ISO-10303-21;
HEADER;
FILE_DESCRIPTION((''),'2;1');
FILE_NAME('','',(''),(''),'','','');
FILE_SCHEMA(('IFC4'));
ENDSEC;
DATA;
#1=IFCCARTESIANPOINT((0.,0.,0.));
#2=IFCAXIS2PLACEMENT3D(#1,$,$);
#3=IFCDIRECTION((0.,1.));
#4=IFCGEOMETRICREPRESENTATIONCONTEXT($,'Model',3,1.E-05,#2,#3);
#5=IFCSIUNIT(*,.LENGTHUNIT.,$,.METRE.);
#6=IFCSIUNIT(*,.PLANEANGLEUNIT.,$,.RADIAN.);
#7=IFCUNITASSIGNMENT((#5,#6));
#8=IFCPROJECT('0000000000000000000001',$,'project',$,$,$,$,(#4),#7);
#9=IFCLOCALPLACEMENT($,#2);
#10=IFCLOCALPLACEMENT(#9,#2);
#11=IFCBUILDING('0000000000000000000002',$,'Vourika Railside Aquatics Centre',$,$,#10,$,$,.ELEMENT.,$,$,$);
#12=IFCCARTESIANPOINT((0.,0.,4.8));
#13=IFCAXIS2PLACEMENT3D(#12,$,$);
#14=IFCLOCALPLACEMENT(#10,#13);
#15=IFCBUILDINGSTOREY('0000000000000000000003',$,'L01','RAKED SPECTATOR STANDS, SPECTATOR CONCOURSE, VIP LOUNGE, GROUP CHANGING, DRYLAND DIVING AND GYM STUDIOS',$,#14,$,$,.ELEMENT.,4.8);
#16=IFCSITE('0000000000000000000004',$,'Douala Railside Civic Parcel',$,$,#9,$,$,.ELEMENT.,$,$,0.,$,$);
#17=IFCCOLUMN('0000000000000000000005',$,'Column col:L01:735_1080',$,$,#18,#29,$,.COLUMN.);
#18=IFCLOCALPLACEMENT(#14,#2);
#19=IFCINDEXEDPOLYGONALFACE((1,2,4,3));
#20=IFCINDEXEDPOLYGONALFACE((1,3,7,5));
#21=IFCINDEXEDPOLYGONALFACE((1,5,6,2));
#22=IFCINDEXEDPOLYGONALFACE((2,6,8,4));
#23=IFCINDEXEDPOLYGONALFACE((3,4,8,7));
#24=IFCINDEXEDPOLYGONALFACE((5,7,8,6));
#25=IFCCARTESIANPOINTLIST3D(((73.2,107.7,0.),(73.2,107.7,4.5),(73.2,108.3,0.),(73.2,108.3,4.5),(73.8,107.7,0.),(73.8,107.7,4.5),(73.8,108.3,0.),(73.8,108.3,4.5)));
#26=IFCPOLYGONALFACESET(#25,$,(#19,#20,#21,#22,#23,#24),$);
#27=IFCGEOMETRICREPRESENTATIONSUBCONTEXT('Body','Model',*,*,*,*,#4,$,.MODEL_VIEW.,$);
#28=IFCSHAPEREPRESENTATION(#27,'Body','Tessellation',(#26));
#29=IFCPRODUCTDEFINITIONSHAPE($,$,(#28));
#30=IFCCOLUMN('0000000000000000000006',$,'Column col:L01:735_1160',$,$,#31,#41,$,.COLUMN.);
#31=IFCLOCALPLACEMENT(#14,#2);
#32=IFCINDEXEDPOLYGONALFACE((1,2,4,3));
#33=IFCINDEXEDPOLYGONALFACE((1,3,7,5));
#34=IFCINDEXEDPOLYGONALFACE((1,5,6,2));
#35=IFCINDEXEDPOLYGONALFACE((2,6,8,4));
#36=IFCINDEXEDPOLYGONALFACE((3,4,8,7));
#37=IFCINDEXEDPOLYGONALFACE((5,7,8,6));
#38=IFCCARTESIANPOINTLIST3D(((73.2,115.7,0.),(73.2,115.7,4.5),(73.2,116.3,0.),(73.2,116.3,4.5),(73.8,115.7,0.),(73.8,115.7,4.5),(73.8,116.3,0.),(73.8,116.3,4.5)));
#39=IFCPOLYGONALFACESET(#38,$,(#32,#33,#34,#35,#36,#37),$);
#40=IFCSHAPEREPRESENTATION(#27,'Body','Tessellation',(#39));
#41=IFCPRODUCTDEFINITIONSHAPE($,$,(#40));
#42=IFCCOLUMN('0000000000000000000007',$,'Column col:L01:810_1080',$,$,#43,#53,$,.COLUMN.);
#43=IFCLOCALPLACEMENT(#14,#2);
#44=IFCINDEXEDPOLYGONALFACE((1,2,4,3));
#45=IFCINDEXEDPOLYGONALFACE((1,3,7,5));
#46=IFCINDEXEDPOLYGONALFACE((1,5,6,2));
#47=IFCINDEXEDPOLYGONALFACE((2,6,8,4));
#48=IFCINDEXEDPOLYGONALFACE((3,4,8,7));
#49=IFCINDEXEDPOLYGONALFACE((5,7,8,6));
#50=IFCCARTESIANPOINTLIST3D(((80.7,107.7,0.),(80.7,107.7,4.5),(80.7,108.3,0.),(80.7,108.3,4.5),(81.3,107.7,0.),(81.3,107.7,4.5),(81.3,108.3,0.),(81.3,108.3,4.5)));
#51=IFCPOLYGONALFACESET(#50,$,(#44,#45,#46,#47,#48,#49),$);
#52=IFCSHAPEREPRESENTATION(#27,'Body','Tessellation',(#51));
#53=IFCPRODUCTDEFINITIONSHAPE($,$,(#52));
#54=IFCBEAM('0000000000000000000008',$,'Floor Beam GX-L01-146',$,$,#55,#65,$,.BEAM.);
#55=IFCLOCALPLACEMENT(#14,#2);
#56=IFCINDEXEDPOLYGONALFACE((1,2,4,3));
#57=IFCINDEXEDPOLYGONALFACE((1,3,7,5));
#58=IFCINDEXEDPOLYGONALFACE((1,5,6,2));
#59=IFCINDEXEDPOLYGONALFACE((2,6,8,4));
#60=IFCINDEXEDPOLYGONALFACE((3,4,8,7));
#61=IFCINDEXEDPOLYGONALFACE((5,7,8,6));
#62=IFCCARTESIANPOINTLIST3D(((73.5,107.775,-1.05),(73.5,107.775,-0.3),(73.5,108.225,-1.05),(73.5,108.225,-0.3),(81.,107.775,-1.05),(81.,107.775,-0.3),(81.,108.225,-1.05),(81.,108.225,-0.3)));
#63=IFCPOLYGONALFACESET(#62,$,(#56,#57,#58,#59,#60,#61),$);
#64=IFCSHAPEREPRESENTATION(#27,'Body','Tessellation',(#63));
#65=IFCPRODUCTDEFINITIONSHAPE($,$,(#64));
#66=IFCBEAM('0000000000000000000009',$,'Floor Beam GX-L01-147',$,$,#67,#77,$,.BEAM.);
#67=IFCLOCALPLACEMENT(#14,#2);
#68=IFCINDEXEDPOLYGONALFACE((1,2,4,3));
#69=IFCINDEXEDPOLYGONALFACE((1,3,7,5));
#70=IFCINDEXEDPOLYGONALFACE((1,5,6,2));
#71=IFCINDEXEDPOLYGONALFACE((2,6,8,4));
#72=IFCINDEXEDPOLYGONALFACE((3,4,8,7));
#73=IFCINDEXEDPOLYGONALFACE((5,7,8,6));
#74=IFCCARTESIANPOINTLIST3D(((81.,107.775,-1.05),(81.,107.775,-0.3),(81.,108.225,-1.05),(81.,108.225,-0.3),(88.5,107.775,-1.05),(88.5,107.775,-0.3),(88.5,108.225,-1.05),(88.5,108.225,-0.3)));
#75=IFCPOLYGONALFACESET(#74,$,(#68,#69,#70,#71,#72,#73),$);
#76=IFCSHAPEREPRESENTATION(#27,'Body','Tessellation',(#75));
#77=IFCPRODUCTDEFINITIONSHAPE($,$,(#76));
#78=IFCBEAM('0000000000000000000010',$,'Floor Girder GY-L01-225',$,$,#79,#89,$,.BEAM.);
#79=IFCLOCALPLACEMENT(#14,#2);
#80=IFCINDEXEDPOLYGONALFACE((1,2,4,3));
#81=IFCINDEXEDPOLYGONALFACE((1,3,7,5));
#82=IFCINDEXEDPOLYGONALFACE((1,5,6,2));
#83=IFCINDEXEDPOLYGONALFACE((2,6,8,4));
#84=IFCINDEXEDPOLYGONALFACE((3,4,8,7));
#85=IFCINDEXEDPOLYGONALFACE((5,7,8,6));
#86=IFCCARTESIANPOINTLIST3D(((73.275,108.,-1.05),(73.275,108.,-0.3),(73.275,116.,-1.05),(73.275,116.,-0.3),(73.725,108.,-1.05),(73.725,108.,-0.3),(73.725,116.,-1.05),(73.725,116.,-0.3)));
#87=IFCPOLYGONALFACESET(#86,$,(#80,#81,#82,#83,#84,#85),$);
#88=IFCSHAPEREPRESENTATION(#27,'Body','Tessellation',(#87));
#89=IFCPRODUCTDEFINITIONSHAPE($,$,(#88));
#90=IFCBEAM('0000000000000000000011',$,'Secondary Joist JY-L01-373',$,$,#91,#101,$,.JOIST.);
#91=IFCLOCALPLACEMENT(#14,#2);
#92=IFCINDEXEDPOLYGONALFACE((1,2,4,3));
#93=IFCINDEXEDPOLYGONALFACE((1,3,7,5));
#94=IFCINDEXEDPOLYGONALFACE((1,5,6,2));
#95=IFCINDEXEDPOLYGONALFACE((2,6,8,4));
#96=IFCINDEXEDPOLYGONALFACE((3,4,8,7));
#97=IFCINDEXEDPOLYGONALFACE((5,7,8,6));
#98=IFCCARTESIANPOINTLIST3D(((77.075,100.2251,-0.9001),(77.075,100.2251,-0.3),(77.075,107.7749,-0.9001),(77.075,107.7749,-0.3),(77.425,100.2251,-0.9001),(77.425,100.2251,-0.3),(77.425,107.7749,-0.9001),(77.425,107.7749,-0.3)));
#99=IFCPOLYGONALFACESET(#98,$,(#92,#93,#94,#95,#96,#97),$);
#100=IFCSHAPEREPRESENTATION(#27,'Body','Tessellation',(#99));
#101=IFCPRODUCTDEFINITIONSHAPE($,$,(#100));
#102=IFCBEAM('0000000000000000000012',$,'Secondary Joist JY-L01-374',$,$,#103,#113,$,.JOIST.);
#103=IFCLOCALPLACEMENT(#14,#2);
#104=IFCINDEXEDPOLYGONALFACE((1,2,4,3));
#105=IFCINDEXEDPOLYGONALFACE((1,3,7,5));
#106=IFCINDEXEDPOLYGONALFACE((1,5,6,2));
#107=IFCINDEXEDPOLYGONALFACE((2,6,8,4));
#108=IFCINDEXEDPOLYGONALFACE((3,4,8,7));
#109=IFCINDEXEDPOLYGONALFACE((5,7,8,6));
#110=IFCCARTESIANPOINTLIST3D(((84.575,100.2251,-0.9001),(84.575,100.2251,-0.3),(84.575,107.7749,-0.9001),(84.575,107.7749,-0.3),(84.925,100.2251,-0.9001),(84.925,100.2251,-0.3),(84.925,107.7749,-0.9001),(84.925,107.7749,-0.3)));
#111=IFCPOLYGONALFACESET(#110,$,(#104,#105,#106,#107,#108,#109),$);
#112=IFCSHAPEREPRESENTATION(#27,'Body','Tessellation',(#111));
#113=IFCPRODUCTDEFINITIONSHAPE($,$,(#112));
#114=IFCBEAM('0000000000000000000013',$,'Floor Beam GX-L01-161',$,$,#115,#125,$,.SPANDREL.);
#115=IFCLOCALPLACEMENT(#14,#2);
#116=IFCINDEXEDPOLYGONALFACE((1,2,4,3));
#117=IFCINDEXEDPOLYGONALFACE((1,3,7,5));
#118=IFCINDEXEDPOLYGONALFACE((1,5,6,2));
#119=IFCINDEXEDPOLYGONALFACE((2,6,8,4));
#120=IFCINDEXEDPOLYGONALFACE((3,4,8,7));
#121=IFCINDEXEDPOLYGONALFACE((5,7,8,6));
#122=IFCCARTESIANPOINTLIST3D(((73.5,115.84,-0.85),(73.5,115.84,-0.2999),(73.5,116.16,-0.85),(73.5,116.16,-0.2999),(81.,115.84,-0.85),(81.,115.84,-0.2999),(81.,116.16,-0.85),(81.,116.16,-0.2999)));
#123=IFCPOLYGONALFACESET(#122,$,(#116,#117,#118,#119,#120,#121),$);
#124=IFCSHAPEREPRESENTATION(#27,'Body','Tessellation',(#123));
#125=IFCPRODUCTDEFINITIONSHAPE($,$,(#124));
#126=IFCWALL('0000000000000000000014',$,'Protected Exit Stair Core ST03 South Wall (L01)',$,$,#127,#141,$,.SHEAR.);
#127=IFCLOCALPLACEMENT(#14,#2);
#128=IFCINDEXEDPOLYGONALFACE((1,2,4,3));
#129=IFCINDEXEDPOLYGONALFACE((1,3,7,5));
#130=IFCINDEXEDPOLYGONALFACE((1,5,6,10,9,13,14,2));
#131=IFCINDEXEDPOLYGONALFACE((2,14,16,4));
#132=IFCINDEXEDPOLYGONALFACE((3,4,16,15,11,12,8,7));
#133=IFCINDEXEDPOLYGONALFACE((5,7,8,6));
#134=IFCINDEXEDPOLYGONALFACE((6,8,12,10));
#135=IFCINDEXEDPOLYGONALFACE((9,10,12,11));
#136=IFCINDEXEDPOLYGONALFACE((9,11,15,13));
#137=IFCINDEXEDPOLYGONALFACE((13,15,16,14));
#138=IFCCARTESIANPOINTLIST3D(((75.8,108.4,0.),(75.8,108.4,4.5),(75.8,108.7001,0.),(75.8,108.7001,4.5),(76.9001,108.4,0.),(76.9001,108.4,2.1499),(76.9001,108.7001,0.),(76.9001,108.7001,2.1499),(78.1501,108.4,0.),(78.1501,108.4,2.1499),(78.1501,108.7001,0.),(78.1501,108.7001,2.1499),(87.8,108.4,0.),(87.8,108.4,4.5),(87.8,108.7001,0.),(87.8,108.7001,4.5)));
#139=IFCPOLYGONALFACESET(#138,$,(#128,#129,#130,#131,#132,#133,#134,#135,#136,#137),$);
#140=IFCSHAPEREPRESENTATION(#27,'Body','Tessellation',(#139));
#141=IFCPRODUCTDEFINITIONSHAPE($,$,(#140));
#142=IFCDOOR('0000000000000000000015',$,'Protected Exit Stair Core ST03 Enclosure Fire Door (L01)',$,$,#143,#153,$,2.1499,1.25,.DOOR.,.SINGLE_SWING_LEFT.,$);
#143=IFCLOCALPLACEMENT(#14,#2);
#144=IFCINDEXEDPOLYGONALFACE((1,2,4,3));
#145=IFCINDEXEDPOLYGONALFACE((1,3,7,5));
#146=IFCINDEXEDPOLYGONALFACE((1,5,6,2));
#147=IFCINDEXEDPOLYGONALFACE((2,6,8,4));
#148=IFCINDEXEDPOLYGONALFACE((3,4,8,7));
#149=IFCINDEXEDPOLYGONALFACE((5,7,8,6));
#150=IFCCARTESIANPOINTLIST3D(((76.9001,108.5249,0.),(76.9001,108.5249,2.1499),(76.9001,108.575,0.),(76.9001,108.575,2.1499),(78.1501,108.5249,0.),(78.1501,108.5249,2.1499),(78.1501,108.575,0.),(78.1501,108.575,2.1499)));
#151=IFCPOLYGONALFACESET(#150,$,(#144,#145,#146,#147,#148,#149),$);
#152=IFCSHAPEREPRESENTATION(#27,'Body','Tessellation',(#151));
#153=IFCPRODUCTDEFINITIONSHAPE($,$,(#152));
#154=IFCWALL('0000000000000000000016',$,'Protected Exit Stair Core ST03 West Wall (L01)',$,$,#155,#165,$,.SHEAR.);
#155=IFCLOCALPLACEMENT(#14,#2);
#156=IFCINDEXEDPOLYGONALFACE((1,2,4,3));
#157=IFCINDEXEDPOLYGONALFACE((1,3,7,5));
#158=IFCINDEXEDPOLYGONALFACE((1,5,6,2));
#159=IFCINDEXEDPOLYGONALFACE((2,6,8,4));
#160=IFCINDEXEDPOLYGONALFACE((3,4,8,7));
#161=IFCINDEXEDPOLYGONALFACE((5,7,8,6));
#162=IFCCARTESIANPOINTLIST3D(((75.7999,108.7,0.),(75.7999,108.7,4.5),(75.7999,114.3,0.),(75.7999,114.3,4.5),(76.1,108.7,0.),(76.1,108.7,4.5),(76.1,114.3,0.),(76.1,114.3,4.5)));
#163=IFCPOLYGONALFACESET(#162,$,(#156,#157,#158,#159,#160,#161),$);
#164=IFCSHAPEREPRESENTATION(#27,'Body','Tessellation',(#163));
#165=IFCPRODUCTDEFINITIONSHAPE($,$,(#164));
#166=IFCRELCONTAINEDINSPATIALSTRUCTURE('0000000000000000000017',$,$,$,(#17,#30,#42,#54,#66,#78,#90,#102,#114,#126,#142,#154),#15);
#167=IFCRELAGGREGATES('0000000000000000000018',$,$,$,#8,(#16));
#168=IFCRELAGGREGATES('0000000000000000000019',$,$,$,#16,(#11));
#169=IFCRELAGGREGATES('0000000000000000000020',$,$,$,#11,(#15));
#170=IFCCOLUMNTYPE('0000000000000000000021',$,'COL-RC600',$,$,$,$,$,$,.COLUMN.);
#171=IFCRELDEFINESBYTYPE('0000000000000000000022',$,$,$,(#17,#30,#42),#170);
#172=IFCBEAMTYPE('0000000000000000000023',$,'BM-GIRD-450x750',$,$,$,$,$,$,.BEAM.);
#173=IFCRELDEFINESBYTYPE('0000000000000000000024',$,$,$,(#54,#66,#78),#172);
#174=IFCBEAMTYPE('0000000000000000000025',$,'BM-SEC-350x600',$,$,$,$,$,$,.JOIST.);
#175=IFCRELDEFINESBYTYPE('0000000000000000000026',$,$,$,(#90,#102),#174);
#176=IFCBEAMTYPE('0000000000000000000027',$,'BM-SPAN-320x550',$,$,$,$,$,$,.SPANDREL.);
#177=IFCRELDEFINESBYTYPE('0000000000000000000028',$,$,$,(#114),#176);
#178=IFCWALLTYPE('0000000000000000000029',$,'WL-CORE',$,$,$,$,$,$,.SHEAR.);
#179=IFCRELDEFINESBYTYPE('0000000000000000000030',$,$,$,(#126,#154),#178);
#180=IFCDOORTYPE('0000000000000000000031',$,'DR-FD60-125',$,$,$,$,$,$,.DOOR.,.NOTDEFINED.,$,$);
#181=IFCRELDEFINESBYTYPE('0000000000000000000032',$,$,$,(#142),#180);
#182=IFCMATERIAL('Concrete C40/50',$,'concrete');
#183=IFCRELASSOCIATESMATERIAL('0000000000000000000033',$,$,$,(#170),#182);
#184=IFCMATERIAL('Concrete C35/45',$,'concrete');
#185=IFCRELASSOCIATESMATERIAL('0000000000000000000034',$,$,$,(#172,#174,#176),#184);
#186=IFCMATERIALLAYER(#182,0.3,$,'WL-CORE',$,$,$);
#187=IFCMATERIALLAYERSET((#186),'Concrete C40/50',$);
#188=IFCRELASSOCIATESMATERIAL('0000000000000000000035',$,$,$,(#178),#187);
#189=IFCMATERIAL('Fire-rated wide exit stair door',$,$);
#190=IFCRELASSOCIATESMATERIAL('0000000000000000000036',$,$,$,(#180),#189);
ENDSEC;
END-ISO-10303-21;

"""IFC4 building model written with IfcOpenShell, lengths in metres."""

from ifc_helpers import new_model, si_unit, direction, frame, frame_2d, origin, origin_2d, place, context, subcontext, project, spatial, rectangle, extrude, material, layer, layer_set, material_profile, profile_set, type_object, element, fill, save


model = new_model("IFC4")

# Units and contexts
model_context = context("Model", 3, precision=1e-05, world=origin(), true_north=direction((0.0, 1.0)))
body_context = subcontext(model_context, "Body", "Model", "MODEL_VIEW")
ifc_project = project(units=[si_unit("LENGTHUNIT", "METRE"), si_unit("PLANEANGLEUNIT", "RADIAN")], contexts=[model_context])

# Site, building, storey
site_placement = place(None, origin())
site = spatial("IfcSite", under=ifc_project, at=site_placement, Name="Douala Railside Civic Parcel", CompositionType="ELEMENT", RefElevation=0.0)
building_placement = place(site_placement, origin())
building = spatial("IfcBuilding", under=site, at=building_placement, Name="Vourika Railside Aquatics Centre", CompositionType="ELEMENT")
storey_placement = place(building_placement, frame((0.0, 0.0, 4.8)))
storey = spatial("IfcBuildingStorey", under=building, at=storey_placement, Name="L01", Description="RAKED SPECTATOR STANDS, SPECTATOR CONCOURSE, VIP LOUNGE, GROUP CHANGING, DRYLAND DIVING AND GYM STUDIOS", CompositionType="ELEMENT", Elevation=4.8)

# Columns
ifc_material_1 = material(Name="Concrete C40/50", Category="concrete")
ifc_material_profile_1 = material_profile(ifc_material_1, rectangle(XDim=0.6001, YDim=0.6001, at=origin_2d()), Name="RC 600x600")
ifc_profile_set_1 = profile_set([ifc_material_profile_1], Name="Concrete C40/50")
column_type = type_object("IfcColumnType", Name="COL-RC600", PredefinedType="COLUMN", material=ifc_profile_set_1)
for number, where, z_axis, x_axis, name in (
    (1, (73.5, 108.0, 0.0), (0.0, 0.0, 1.0), (1.0, 0.0, 0.0), "Column col:L01:735_1080"),
    (2, (73.5, 116.0, 0.0), (0.0, 0.0, 1.0), (1.0, 0.0, 0.0), "Column col:L01:735_1160"),
    (3, (81.0, 108.0, 0.0), (0.0, 0.0, 1.0), (1.0, 0.0, 0.0), "Column col:L01:810_1080"),
):
    element("IfcColumn", number, at=place(storey_placement, frame(where, z_axis=z_axis, x_axis=x_axis)), inside=storey, type_object=column_type, Name=name, PredefinedType="COLUMN", context=body_context, shape_type="SweptSolid", body=[
        extrude(rectangle(XDim=0.6001, YDim=0.6001, at=origin_2d()), origin(), (0.0, 0.0, 1.0), 4.5),
    ])

# Beams
ifc_material_2 = material(Name="Concrete C35/45", Category="concrete")
ifc_material_profile_2 = material_profile(ifc_material_2, rectangle(XDim=0.45, YDim=0.75, at=origin_2d()), Name="RC 450x750")
ifc_profile_set_2 = profile_set([ifc_material_profile_2], Name="Concrete C35/45")
beam_type_1 = type_object("IfcBeamType", Name="BM-GIRD-450x750", PredefinedType="BEAM", material=ifc_profile_set_2)
for number, where, z_axis, x_axis, name in (
    (4, (73.5, 108.0, -0.675), (1.0, 0.0, 0.0), (0.0, 1.0, 0.0), "Floor Beam GX-L01-146"),
    (5, (81.0, 108.0, -0.675), (1.0, 0.0, 0.0), (0.0, 1.0, 0.0), "Floor Beam GX-L01-147"),
):
    element("IfcBeam", number, at=place(storey_placement, frame(where, z_axis=z_axis, x_axis=x_axis)), inside=storey, type_object=beam_type_1, Name=name, PredefinedType="BEAM", context=body_context, shape_type="SweptSolid", body=[
        extrude(rectangle(XDim=0.45, YDim=0.75, at=origin_2d()), origin(), (0.0, 0.0, 1.0), 7.5),
    ])
beam_1_placement = place(storey_placement, frame((73.5, 108.0, -0.675), z_axis=(0.0, 1.0, 0.0), x_axis=(-1.0, 0.0, 0.0)))
element("IfcBeam", 6, at=beam_1_placement, inside=storey, type_object=beam_type_1, Name="Floor Girder GY-L01-225", PredefinedType="BEAM", context=body_context, shape_type="SweptSolid", body=[
    extrude(rectangle(XDim=0.45, YDim=0.75, at=origin_2d()), origin(), (0.0, 0.0, 1.0), 8.0),
])
ifc_material_profile_3 = material_profile(ifc_material_2, rectangle(XDim=0.3501, YDim=0.6001, at=origin_2d()), Name="RC 350x600")
ifc_profile_set_3 = profile_set([ifc_material_profile_3], Name="Concrete C35/45")
beam_type_2 = type_object("IfcBeamType", Name="BM-SEC-350x600", PredefinedType="JOIST", material=ifc_profile_set_3)
for number, where, z_axis, x_axis, name in (
    (7, (77.25, 100.2251, -0.6001), (0.0, 1.0, 0.0), (-1.0, 0.0, 0.0), "Secondary Joist JY-L01-373"),
    (8, (84.75, 100.2251, -0.6001), (0.0, 1.0, 0.0), (-1.0, 0.0, 0.0), "Secondary Joist JY-L01-374"),
):
    element("IfcBeam", number, at=place(storey_placement, frame(where, z_axis=z_axis, x_axis=x_axis)), inside=storey, type_object=beam_type_2, Name=name, PredefinedType="JOIST", context=body_context, shape_type="SweptSolid", body=[
        extrude(rectangle(XDim=0.3501, YDim=0.6001, at=origin_2d()), origin(), (0.0, 0.0, 1.0), 7.5498),
    ])
ifc_material_profile_4 = material_profile(ifc_material_2, rectangle(XDim=0.3201, YDim=0.55, at=origin_2d()), Name="RC 320x550")
ifc_profile_set_4 = profile_set([ifc_material_profile_4], Name="Concrete C35/45")
beam_type_3 = type_object("IfcBeamType", Name="BM-SPAN-320x550", PredefinedType="SPANDREL", material=ifc_profile_set_4)
beam_2_placement = place(storey_placement, frame((73.5, 116.0, -0.575), z_axis=(1.0, 0.0, 0.0), x_axis=(0.0, 1.0, 0.0)))
element("IfcBeam", 9, at=beam_2_placement, inside=storey, type_object=beam_type_3, Name="Floor Beam GX-L01-161", PredefinedType="SPANDREL", context=body_context, shape_type="SweptSolid", body=[
    extrude(rectangle(XDim=0.3201, YDim=0.55, at=origin_2d()), origin(), (0.0, 0.0, 1.0), 7.5),
])

# Wall, opening, door
ifc_layer_1 = layer(ifc_material_1, 0.3, Name="WL-CORE")
ifc_layer_set_1 = layer_set([ifc_layer_1], Name="Concrete C40/50")
wall_type_1 = type_object("IfcWallType", Name="WL-CORE", PredefinedType="SHEAR", material=ifc_layer_set_1)
wall_1_placement = place(storey_placement, frame((75.8, 108.55, 0.0), z_axis=(0.0, 0.0, 1.0), x_axis=(1.0, 0.0, 0.0)))
wall_1 = element("IfcWall", 10, at=wall_1_placement, inside=storey, type_object=wall_type_1, Name="Protected Exit Stair Core ST03 South Wall (L01)", PredefinedType="SHEAR", context=body_context, shape_type="SweptSolid", body=[
    extrude(rectangle(XDim=12.0, YDim=0.3, at=frame_2d((6.0, 0.0))), origin(), (0.0, 0.0, 1.0), 4.5),
])
opening_1_placement = place(wall_1_placement, frame((1.1001, 0.0, 0.0)))
opening_1 = element("IfcOpeningElement", 11, at=opening_1_placement, cuts=wall_1, PredefinedType="OPENING", context=body_context, shape_type="SweptSolid", body=[
    extrude(rectangle(XDim=1.25, YDim=2.1499, at=frame_2d((0.625, 1.075))), frame((0.0, 0.1602, 0.0), z_axis=(0.0, -1.0, 0.0), x_axis=(1.0, 0.0, 0.0)), (0.0, 0.0, 1.0), 0.3201),
])
ifc_material_3 = material(Name="Fire-rated wide exit stair door")
door_type_1 = type_object("IfcDoorType", Name="DR-FD60-125", OperationType="NOTDEFINED", PredefinedType="DOOR", material=ifc_material_3)
door_1_placement = place(opening_1_placement, origin())
door_1 = element("IfcDoor", 12, at=door_1_placement, inside=storey, type_object=door_type_1, Name="Protected Exit Stair Core ST03 Enclosure Fire Door (L01)", OperationType="SINGLE_SWING_LEFT", OverallHeight=2.1499, OverallWidth=1.25, PredefinedType="DOOR", context=body_context, shape_type="SweptSolid", body=[
    extrude(rectangle(XDim=1.25, YDim=2.1499, at=frame_2d((0.625, 1.075))), frame((0.0, 0.0249, 0.0), z_axis=(0.0, -1.0, 0.0), x_axis=(1.0, 0.0, 0.0)), (0.0, 0.0, 1.0), 0.05),
])
fill(opening_1, door_1)

# Wall
wall_2_placement = place(storey_placement, frame((75.95, 114.3, 0.0), z_axis=(0.0, 0.0, 1.0), x_axis=(0.0, -1.0, 0.0)))
element("IfcWall", 13, at=wall_2_placement, inside=storey, type_object=wall_type_1, Name="Protected Exit Stair Core ST03 West Wall (L01)", PredefinedType="SHEAR", context=body_context, shape_type="SweptSolid", body=[
    extrude(rectangle(XDim=5.6001, YDim=0.3, at=frame_2d((2.8, 0.0))), origin(), (0.0, 0.0, 1.0), 4.5),
])

save(model, "model.ifc")
